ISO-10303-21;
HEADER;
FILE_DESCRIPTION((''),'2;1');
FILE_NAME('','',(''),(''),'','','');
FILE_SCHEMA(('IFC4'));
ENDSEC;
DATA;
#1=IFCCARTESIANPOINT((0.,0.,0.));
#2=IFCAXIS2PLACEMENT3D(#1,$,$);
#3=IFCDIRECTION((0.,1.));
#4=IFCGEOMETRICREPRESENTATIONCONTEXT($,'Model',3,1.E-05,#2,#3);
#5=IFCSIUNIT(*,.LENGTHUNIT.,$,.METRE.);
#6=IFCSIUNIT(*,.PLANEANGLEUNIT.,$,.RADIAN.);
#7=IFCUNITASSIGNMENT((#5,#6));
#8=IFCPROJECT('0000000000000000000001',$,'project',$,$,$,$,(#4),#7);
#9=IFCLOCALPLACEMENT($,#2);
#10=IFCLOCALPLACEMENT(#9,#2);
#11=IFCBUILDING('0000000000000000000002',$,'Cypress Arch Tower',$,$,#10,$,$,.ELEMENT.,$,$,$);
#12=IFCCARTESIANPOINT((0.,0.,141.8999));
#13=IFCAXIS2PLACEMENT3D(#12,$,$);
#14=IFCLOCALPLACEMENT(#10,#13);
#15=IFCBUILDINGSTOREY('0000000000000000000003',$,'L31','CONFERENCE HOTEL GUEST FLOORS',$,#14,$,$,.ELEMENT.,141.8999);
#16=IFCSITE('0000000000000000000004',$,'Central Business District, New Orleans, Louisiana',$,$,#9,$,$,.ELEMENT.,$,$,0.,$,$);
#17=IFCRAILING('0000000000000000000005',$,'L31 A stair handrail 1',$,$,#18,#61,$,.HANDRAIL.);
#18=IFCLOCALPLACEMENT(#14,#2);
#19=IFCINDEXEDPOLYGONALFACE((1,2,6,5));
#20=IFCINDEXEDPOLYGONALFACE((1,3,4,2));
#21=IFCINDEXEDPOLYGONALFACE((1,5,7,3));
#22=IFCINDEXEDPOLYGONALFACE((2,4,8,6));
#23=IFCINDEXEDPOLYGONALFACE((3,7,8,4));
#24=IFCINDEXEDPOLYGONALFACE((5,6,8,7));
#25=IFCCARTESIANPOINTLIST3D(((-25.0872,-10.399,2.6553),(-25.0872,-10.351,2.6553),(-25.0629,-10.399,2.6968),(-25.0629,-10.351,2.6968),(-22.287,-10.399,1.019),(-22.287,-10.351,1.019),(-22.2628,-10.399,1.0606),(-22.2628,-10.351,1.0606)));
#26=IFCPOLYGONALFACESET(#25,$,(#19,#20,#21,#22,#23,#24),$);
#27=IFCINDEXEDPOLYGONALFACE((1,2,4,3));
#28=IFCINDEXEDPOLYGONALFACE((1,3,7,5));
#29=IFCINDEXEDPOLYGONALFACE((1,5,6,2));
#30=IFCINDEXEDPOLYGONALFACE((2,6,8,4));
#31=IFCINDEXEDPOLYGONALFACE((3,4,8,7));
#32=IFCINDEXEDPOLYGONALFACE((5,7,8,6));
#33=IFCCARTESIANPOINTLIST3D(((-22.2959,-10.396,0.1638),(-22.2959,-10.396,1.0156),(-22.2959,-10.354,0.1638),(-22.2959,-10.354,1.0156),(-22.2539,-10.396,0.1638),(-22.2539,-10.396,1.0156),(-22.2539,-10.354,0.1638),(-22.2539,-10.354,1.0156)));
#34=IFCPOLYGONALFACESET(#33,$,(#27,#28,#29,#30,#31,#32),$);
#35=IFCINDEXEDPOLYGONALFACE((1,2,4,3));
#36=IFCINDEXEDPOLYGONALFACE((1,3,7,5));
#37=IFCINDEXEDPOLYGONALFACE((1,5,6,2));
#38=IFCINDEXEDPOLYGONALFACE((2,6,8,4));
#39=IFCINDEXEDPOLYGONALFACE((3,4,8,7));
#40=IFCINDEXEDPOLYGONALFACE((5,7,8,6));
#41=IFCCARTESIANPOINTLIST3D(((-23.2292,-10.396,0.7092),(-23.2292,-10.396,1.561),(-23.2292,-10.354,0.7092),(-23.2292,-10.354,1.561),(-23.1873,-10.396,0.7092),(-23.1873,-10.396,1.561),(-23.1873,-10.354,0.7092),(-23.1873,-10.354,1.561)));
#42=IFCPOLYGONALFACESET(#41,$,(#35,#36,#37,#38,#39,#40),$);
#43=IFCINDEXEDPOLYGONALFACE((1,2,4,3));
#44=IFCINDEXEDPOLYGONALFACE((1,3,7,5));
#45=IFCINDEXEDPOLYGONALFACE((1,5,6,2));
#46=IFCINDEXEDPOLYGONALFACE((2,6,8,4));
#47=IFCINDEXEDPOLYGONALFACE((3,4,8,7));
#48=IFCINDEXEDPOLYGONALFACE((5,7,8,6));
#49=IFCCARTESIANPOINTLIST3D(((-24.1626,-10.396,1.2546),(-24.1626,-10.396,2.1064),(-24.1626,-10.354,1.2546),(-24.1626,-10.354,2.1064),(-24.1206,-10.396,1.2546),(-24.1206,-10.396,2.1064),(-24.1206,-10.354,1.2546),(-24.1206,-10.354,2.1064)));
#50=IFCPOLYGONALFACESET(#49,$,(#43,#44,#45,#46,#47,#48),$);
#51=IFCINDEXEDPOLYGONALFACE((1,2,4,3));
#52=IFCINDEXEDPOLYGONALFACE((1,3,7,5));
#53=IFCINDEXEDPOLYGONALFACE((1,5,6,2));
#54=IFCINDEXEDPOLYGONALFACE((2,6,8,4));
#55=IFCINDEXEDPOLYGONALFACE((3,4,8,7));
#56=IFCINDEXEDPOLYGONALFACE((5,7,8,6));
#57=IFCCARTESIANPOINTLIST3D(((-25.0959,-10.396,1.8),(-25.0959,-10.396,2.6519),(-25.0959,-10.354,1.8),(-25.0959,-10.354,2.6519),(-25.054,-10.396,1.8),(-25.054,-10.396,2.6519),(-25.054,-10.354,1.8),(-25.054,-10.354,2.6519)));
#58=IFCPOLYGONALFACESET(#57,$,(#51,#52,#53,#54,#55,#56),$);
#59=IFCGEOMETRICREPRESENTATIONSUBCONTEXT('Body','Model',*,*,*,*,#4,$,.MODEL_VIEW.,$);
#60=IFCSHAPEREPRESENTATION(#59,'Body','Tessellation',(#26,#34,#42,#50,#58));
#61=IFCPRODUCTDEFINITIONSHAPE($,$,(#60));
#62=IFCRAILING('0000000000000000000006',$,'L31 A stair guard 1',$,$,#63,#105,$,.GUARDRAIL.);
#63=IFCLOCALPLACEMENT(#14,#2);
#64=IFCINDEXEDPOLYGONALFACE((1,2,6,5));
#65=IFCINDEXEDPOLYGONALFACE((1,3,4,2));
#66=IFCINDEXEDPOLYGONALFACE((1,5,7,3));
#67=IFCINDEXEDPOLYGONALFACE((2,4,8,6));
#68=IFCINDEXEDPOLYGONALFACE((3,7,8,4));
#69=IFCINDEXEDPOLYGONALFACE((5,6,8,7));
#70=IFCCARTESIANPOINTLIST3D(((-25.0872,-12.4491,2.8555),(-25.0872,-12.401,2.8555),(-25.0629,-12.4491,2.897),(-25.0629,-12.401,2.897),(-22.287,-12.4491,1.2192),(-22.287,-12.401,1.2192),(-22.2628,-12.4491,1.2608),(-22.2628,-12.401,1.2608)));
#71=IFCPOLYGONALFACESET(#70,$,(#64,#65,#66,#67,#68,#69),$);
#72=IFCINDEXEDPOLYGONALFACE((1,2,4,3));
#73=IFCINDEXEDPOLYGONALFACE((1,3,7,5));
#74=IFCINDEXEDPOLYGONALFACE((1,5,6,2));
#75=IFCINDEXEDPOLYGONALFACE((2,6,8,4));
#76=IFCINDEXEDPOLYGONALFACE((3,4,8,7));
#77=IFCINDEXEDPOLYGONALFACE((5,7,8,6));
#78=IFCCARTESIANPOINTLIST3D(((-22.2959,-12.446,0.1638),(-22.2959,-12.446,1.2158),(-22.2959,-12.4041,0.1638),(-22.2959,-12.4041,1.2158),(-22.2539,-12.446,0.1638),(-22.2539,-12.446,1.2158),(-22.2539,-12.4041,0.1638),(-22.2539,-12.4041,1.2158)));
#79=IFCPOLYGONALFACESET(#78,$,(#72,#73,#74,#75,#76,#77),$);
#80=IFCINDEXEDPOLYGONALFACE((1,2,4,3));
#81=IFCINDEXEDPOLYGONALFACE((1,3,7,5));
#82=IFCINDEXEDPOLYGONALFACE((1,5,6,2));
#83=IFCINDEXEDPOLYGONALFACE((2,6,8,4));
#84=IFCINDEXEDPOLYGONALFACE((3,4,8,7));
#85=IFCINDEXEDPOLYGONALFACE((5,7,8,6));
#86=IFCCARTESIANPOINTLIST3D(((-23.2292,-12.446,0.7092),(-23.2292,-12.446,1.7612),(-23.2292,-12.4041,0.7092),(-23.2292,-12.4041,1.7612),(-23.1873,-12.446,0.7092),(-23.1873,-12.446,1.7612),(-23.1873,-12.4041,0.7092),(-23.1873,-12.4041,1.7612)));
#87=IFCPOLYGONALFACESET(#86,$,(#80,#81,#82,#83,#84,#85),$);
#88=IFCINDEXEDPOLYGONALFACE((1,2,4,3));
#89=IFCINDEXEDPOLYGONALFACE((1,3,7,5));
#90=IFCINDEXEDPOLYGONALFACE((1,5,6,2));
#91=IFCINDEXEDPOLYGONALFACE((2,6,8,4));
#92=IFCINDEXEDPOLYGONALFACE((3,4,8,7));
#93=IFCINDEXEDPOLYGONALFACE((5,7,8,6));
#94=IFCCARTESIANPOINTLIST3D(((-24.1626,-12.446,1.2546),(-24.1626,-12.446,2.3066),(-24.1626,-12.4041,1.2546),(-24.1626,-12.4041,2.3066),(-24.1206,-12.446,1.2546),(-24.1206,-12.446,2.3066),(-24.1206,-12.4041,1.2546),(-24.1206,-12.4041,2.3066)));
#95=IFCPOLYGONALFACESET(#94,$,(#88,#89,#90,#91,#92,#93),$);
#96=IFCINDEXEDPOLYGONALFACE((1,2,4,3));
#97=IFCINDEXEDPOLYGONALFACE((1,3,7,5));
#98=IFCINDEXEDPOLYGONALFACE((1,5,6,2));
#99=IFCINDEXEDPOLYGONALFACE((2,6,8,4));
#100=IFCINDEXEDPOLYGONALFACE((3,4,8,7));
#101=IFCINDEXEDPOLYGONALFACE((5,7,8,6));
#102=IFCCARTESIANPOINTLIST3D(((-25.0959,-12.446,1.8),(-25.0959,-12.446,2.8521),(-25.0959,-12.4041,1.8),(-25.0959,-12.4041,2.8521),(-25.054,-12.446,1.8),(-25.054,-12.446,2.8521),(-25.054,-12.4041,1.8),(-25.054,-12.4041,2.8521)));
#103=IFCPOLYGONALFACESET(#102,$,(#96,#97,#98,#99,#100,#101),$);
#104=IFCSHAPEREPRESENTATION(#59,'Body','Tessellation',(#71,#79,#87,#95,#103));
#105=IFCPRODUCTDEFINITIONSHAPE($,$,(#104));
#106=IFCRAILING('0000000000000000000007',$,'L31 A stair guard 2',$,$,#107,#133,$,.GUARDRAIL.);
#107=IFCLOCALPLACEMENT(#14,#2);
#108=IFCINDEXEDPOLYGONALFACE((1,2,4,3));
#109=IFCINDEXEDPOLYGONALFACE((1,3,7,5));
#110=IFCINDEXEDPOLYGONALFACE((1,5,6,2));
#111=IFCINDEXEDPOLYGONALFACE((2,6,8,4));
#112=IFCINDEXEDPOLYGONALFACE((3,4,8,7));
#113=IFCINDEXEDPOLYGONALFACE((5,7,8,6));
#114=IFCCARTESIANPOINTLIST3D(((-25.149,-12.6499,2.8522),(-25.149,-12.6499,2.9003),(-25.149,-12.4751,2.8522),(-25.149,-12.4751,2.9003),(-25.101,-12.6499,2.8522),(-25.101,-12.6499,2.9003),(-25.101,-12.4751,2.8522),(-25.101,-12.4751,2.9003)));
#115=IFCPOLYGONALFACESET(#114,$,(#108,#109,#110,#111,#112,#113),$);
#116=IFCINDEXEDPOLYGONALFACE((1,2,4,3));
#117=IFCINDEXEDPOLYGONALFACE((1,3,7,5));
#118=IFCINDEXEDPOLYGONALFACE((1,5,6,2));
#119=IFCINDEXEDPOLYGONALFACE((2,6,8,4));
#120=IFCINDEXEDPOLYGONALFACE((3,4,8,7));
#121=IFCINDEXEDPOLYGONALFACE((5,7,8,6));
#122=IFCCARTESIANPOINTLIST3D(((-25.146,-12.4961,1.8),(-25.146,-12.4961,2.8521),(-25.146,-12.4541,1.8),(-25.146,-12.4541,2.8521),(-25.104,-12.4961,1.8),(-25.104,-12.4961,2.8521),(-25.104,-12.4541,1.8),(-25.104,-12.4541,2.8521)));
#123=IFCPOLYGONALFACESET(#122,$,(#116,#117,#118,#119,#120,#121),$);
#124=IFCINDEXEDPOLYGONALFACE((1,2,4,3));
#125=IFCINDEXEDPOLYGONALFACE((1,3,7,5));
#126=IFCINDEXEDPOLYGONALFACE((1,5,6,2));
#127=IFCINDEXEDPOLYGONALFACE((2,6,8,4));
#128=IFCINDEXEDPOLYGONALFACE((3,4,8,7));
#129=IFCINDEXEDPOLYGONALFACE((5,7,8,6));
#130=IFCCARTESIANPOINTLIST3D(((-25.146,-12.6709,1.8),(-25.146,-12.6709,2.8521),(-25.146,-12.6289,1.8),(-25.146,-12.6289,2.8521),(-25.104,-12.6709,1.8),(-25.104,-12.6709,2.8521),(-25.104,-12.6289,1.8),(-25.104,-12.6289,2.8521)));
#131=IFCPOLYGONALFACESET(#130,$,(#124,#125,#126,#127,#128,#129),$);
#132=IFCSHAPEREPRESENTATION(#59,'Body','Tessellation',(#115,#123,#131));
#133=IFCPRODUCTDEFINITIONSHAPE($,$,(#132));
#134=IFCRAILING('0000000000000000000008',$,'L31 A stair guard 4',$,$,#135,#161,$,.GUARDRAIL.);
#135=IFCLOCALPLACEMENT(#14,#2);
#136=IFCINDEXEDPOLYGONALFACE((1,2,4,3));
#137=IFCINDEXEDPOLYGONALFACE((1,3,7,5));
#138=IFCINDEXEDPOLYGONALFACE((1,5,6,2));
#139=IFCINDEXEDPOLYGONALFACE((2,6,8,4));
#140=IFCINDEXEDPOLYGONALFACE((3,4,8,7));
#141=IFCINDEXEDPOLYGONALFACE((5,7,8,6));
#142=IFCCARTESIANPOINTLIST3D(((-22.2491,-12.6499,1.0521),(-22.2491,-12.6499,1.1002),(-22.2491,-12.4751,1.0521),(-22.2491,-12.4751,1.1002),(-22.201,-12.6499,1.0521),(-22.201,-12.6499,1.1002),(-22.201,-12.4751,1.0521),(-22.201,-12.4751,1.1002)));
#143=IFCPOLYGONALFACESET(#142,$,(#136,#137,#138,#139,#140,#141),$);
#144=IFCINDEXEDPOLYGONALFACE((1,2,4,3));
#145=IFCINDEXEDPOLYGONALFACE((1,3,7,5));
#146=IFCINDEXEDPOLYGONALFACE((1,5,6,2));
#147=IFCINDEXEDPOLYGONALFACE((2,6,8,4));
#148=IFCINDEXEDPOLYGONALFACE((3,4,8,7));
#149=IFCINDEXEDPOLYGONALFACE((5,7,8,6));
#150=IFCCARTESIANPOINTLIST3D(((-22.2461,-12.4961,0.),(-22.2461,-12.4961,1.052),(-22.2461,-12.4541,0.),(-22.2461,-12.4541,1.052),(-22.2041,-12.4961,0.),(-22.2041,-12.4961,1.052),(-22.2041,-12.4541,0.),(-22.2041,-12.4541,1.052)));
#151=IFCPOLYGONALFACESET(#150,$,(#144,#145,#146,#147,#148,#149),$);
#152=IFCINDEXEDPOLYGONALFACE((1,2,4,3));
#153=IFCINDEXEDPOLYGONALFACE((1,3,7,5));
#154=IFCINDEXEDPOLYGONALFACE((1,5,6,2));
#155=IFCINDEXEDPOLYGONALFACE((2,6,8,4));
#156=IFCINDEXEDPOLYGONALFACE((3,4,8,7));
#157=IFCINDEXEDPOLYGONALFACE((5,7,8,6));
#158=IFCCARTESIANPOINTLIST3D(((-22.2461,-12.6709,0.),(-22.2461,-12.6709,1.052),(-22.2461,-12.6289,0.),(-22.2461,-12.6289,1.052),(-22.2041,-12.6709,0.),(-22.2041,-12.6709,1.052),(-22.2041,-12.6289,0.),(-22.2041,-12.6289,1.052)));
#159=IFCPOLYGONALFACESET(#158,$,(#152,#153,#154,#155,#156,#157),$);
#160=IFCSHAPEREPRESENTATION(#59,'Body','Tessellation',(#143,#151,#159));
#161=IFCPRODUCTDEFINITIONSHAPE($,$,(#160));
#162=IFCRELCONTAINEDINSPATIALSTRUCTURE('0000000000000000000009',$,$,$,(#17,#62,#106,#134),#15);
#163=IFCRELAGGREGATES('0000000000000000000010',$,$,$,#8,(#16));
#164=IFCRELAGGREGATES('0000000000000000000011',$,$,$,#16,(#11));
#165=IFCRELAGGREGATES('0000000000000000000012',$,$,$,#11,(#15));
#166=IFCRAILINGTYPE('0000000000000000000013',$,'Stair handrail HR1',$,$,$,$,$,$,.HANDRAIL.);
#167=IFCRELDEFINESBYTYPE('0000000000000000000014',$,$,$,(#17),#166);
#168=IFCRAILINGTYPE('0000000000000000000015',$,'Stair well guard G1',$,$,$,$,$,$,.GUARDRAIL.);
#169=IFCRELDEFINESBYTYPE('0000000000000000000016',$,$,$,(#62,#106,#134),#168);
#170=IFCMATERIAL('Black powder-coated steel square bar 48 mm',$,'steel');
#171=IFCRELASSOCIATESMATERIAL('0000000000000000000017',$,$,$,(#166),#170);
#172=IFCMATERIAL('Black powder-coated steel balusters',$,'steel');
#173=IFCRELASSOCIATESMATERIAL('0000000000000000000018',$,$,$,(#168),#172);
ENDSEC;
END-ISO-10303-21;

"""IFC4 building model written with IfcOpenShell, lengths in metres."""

from ifc_helpers import new_model, si_unit, direction, frame, origin, origin_2d, place, context, subcontext, project, spatial, rectangle, extrude, material, type_object, element, save


model = new_model("IFC4")

# Units and contexts
model_context = context("Model", 3, precision=1e-05, world=origin(), true_north=direction((0.0, 1.0)))
body_context = subcontext(model_context, "Body", "Model", "MODEL_VIEW")
ifc_project = project(units=[si_unit("LENGTHUNIT", "METRE"), si_unit("PLANEANGLEUNIT", "RADIAN")], contexts=[model_context])

# Site, building, storey
site_placement = place(None, origin())
site = spatial("IfcSite", under=ifc_project, at=site_placement, Name="Central Business District, New Orleans, Louisiana", CompositionType="ELEMENT", RefElevation=0.0)
building_placement = place(site_placement, origin())
building = spatial("IfcBuilding", under=site, at=building_placement, Name="Cypress Arch Tower", CompositionType="ELEMENT")
storey_placement = place(building_placement, frame((0.0, 0.0, 141.8999)))
storey = spatial("IfcBuildingStorey", under=building, at=storey_placement, Name="L31", Description="CONFERENCE HOTEL GUEST FLOORS", CompositionType="ELEMENT", Elevation=141.8999)

# Railings
ifc_material_1 = material(Name="Black powder-coated steel square bar 48 mm", Category="steel")
railing_type_1 = type_object("IfcRailingType", Name="Stair handrail HR1", PredefinedType="HANDRAIL", material=ifc_material_1)
railing_1_placement = place(storey_placement, frame((-22.2749, -10.375, 0.1638)))
element("IfcRailing", 1, at=railing_1_placement, inside=storey, type_object=railing_type_1, Name="L31 A stair handrail 1", PredefinedType="HANDRAIL", context=body_context, shape_type="SweptSolid", body=[
    extrude(rectangle(XDim=0.0481, YDim=0.0481, at=origin_2d()), frame((0.0, 0.0, 0.876), z_axis=(-0.863394, 0.0, 0.504531), x_axis=(0.0, -1.0, 0.0)), (0.0, 0.0, 1.0), 3.2432),
    extrude(rectangle(XDim=0.042, YDim=0.042, at=origin_2d()), origin(), (0.0, 0.0, 1.0), 0.8518),
    extrude(rectangle(XDim=0.042, YDim=0.042, at=origin_2d()), frame((-0.9333, 0.0, 0.5454)), (0.0, 0.0, 1.0), 0.8518),
    extrude(rectangle(XDim=0.042, YDim=0.042, at=origin_2d()), frame((-1.8667, 0.0, 1.0908)), (0.0, 0.0, 1.0), 0.8518),
    extrude(rectangle(XDim=0.042, YDim=0.042, at=origin_2d()), frame((-2.8, 0.0, 1.6362)), (0.0, 0.0, 1.0), 0.8518),
])
ifc_material_2 = material(Name="Black powder-coated steel balusters", Category="steel")
railing_type_2 = type_object("IfcRailingType", Name="Stair well guard G1", PredefinedType="GUARDRAIL", material=ifc_material_2)
railing_2_placement = place(storey_placement, frame((-22.2749, -12.425, 0.1638)))
element("IfcRailing", 2, at=railing_2_placement, inside=storey, type_object=railing_type_2, Name="L31 A stair guard 1", PredefinedType="GUARDRAIL", context=body_context, shape_type="SweptSolid", body=[
    extrude(rectangle(XDim=0.0481, YDim=0.0481, at=origin_2d()), frame((0.0, 0.0, 1.0762), z_axis=(-0.863394, 0.0, 0.504531), x_axis=(0.0, -1.0, 0.0)), (0.0, 0.0, 1.0), 3.2432),
    extrude(rectangle(XDim=0.042, YDim=0.042, at=origin_2d()), origin(), (0.0, 0.0, 1.0), 1.052),
    extrude(rectangle(XDim=0.042, YDim=0.042, at=origin_2d()), frame((-0.9333, 0.0, 0.5454)), (0.0, 0.0, 1.0), 1.052),
    extrude(rectangle(XDim=0.042, YDim=0.042, at=origin_2d()), frame((-1.8667, 0.0, 1.0908)), (0.0, 0.0, 1.0), 1.052),
    extrude(rectangle(XDim=0.042, YDim=0.042, at=origin_2d()), frame((-2.8, 0.0, 1.6362)), (0.0, 0.0, 1.0), 1.052),
])
for number, where, name in (
    (3, (-25.125, -12.4751, 1.8), "L31 A stair guard 2"),
    (4, (-22.2251, -12.4751, 0.0), "L31 A stair guard 4"),
):
    element("IfcRailing", number, at=place(storey_placement, frame(where)), inside=storey, type_object=railing_type_2, Name=name, PredefinedType="GUARDRAIL", context=body_context, shape_type="SweptSolid", body=[
        extrude(rectangle(XDim=0.0481, YDim=0.0481, at=origin_2d()), frame((0.0, 0.0, 1.0762), z_axis=(0.0, -1.0, 0.0), x_axis=(1.0, 0.0, 0.0)), (0.0, 0.0, 1.0), 0.1748),
        extrude(rectangle(XDim=0.042, YDim=0.042, at=origin_2d()), origin(), (0.0, 0.0, 1.0), 1.052),
        extrude(rectangle(XDim=0.042, YDim=0.042, at=origin_2d()), frame((0.0, -0.1748, 0.0)), (0.0, 0.0, 1.0), 1.052),
    ])

save(model, "model.ifc")
